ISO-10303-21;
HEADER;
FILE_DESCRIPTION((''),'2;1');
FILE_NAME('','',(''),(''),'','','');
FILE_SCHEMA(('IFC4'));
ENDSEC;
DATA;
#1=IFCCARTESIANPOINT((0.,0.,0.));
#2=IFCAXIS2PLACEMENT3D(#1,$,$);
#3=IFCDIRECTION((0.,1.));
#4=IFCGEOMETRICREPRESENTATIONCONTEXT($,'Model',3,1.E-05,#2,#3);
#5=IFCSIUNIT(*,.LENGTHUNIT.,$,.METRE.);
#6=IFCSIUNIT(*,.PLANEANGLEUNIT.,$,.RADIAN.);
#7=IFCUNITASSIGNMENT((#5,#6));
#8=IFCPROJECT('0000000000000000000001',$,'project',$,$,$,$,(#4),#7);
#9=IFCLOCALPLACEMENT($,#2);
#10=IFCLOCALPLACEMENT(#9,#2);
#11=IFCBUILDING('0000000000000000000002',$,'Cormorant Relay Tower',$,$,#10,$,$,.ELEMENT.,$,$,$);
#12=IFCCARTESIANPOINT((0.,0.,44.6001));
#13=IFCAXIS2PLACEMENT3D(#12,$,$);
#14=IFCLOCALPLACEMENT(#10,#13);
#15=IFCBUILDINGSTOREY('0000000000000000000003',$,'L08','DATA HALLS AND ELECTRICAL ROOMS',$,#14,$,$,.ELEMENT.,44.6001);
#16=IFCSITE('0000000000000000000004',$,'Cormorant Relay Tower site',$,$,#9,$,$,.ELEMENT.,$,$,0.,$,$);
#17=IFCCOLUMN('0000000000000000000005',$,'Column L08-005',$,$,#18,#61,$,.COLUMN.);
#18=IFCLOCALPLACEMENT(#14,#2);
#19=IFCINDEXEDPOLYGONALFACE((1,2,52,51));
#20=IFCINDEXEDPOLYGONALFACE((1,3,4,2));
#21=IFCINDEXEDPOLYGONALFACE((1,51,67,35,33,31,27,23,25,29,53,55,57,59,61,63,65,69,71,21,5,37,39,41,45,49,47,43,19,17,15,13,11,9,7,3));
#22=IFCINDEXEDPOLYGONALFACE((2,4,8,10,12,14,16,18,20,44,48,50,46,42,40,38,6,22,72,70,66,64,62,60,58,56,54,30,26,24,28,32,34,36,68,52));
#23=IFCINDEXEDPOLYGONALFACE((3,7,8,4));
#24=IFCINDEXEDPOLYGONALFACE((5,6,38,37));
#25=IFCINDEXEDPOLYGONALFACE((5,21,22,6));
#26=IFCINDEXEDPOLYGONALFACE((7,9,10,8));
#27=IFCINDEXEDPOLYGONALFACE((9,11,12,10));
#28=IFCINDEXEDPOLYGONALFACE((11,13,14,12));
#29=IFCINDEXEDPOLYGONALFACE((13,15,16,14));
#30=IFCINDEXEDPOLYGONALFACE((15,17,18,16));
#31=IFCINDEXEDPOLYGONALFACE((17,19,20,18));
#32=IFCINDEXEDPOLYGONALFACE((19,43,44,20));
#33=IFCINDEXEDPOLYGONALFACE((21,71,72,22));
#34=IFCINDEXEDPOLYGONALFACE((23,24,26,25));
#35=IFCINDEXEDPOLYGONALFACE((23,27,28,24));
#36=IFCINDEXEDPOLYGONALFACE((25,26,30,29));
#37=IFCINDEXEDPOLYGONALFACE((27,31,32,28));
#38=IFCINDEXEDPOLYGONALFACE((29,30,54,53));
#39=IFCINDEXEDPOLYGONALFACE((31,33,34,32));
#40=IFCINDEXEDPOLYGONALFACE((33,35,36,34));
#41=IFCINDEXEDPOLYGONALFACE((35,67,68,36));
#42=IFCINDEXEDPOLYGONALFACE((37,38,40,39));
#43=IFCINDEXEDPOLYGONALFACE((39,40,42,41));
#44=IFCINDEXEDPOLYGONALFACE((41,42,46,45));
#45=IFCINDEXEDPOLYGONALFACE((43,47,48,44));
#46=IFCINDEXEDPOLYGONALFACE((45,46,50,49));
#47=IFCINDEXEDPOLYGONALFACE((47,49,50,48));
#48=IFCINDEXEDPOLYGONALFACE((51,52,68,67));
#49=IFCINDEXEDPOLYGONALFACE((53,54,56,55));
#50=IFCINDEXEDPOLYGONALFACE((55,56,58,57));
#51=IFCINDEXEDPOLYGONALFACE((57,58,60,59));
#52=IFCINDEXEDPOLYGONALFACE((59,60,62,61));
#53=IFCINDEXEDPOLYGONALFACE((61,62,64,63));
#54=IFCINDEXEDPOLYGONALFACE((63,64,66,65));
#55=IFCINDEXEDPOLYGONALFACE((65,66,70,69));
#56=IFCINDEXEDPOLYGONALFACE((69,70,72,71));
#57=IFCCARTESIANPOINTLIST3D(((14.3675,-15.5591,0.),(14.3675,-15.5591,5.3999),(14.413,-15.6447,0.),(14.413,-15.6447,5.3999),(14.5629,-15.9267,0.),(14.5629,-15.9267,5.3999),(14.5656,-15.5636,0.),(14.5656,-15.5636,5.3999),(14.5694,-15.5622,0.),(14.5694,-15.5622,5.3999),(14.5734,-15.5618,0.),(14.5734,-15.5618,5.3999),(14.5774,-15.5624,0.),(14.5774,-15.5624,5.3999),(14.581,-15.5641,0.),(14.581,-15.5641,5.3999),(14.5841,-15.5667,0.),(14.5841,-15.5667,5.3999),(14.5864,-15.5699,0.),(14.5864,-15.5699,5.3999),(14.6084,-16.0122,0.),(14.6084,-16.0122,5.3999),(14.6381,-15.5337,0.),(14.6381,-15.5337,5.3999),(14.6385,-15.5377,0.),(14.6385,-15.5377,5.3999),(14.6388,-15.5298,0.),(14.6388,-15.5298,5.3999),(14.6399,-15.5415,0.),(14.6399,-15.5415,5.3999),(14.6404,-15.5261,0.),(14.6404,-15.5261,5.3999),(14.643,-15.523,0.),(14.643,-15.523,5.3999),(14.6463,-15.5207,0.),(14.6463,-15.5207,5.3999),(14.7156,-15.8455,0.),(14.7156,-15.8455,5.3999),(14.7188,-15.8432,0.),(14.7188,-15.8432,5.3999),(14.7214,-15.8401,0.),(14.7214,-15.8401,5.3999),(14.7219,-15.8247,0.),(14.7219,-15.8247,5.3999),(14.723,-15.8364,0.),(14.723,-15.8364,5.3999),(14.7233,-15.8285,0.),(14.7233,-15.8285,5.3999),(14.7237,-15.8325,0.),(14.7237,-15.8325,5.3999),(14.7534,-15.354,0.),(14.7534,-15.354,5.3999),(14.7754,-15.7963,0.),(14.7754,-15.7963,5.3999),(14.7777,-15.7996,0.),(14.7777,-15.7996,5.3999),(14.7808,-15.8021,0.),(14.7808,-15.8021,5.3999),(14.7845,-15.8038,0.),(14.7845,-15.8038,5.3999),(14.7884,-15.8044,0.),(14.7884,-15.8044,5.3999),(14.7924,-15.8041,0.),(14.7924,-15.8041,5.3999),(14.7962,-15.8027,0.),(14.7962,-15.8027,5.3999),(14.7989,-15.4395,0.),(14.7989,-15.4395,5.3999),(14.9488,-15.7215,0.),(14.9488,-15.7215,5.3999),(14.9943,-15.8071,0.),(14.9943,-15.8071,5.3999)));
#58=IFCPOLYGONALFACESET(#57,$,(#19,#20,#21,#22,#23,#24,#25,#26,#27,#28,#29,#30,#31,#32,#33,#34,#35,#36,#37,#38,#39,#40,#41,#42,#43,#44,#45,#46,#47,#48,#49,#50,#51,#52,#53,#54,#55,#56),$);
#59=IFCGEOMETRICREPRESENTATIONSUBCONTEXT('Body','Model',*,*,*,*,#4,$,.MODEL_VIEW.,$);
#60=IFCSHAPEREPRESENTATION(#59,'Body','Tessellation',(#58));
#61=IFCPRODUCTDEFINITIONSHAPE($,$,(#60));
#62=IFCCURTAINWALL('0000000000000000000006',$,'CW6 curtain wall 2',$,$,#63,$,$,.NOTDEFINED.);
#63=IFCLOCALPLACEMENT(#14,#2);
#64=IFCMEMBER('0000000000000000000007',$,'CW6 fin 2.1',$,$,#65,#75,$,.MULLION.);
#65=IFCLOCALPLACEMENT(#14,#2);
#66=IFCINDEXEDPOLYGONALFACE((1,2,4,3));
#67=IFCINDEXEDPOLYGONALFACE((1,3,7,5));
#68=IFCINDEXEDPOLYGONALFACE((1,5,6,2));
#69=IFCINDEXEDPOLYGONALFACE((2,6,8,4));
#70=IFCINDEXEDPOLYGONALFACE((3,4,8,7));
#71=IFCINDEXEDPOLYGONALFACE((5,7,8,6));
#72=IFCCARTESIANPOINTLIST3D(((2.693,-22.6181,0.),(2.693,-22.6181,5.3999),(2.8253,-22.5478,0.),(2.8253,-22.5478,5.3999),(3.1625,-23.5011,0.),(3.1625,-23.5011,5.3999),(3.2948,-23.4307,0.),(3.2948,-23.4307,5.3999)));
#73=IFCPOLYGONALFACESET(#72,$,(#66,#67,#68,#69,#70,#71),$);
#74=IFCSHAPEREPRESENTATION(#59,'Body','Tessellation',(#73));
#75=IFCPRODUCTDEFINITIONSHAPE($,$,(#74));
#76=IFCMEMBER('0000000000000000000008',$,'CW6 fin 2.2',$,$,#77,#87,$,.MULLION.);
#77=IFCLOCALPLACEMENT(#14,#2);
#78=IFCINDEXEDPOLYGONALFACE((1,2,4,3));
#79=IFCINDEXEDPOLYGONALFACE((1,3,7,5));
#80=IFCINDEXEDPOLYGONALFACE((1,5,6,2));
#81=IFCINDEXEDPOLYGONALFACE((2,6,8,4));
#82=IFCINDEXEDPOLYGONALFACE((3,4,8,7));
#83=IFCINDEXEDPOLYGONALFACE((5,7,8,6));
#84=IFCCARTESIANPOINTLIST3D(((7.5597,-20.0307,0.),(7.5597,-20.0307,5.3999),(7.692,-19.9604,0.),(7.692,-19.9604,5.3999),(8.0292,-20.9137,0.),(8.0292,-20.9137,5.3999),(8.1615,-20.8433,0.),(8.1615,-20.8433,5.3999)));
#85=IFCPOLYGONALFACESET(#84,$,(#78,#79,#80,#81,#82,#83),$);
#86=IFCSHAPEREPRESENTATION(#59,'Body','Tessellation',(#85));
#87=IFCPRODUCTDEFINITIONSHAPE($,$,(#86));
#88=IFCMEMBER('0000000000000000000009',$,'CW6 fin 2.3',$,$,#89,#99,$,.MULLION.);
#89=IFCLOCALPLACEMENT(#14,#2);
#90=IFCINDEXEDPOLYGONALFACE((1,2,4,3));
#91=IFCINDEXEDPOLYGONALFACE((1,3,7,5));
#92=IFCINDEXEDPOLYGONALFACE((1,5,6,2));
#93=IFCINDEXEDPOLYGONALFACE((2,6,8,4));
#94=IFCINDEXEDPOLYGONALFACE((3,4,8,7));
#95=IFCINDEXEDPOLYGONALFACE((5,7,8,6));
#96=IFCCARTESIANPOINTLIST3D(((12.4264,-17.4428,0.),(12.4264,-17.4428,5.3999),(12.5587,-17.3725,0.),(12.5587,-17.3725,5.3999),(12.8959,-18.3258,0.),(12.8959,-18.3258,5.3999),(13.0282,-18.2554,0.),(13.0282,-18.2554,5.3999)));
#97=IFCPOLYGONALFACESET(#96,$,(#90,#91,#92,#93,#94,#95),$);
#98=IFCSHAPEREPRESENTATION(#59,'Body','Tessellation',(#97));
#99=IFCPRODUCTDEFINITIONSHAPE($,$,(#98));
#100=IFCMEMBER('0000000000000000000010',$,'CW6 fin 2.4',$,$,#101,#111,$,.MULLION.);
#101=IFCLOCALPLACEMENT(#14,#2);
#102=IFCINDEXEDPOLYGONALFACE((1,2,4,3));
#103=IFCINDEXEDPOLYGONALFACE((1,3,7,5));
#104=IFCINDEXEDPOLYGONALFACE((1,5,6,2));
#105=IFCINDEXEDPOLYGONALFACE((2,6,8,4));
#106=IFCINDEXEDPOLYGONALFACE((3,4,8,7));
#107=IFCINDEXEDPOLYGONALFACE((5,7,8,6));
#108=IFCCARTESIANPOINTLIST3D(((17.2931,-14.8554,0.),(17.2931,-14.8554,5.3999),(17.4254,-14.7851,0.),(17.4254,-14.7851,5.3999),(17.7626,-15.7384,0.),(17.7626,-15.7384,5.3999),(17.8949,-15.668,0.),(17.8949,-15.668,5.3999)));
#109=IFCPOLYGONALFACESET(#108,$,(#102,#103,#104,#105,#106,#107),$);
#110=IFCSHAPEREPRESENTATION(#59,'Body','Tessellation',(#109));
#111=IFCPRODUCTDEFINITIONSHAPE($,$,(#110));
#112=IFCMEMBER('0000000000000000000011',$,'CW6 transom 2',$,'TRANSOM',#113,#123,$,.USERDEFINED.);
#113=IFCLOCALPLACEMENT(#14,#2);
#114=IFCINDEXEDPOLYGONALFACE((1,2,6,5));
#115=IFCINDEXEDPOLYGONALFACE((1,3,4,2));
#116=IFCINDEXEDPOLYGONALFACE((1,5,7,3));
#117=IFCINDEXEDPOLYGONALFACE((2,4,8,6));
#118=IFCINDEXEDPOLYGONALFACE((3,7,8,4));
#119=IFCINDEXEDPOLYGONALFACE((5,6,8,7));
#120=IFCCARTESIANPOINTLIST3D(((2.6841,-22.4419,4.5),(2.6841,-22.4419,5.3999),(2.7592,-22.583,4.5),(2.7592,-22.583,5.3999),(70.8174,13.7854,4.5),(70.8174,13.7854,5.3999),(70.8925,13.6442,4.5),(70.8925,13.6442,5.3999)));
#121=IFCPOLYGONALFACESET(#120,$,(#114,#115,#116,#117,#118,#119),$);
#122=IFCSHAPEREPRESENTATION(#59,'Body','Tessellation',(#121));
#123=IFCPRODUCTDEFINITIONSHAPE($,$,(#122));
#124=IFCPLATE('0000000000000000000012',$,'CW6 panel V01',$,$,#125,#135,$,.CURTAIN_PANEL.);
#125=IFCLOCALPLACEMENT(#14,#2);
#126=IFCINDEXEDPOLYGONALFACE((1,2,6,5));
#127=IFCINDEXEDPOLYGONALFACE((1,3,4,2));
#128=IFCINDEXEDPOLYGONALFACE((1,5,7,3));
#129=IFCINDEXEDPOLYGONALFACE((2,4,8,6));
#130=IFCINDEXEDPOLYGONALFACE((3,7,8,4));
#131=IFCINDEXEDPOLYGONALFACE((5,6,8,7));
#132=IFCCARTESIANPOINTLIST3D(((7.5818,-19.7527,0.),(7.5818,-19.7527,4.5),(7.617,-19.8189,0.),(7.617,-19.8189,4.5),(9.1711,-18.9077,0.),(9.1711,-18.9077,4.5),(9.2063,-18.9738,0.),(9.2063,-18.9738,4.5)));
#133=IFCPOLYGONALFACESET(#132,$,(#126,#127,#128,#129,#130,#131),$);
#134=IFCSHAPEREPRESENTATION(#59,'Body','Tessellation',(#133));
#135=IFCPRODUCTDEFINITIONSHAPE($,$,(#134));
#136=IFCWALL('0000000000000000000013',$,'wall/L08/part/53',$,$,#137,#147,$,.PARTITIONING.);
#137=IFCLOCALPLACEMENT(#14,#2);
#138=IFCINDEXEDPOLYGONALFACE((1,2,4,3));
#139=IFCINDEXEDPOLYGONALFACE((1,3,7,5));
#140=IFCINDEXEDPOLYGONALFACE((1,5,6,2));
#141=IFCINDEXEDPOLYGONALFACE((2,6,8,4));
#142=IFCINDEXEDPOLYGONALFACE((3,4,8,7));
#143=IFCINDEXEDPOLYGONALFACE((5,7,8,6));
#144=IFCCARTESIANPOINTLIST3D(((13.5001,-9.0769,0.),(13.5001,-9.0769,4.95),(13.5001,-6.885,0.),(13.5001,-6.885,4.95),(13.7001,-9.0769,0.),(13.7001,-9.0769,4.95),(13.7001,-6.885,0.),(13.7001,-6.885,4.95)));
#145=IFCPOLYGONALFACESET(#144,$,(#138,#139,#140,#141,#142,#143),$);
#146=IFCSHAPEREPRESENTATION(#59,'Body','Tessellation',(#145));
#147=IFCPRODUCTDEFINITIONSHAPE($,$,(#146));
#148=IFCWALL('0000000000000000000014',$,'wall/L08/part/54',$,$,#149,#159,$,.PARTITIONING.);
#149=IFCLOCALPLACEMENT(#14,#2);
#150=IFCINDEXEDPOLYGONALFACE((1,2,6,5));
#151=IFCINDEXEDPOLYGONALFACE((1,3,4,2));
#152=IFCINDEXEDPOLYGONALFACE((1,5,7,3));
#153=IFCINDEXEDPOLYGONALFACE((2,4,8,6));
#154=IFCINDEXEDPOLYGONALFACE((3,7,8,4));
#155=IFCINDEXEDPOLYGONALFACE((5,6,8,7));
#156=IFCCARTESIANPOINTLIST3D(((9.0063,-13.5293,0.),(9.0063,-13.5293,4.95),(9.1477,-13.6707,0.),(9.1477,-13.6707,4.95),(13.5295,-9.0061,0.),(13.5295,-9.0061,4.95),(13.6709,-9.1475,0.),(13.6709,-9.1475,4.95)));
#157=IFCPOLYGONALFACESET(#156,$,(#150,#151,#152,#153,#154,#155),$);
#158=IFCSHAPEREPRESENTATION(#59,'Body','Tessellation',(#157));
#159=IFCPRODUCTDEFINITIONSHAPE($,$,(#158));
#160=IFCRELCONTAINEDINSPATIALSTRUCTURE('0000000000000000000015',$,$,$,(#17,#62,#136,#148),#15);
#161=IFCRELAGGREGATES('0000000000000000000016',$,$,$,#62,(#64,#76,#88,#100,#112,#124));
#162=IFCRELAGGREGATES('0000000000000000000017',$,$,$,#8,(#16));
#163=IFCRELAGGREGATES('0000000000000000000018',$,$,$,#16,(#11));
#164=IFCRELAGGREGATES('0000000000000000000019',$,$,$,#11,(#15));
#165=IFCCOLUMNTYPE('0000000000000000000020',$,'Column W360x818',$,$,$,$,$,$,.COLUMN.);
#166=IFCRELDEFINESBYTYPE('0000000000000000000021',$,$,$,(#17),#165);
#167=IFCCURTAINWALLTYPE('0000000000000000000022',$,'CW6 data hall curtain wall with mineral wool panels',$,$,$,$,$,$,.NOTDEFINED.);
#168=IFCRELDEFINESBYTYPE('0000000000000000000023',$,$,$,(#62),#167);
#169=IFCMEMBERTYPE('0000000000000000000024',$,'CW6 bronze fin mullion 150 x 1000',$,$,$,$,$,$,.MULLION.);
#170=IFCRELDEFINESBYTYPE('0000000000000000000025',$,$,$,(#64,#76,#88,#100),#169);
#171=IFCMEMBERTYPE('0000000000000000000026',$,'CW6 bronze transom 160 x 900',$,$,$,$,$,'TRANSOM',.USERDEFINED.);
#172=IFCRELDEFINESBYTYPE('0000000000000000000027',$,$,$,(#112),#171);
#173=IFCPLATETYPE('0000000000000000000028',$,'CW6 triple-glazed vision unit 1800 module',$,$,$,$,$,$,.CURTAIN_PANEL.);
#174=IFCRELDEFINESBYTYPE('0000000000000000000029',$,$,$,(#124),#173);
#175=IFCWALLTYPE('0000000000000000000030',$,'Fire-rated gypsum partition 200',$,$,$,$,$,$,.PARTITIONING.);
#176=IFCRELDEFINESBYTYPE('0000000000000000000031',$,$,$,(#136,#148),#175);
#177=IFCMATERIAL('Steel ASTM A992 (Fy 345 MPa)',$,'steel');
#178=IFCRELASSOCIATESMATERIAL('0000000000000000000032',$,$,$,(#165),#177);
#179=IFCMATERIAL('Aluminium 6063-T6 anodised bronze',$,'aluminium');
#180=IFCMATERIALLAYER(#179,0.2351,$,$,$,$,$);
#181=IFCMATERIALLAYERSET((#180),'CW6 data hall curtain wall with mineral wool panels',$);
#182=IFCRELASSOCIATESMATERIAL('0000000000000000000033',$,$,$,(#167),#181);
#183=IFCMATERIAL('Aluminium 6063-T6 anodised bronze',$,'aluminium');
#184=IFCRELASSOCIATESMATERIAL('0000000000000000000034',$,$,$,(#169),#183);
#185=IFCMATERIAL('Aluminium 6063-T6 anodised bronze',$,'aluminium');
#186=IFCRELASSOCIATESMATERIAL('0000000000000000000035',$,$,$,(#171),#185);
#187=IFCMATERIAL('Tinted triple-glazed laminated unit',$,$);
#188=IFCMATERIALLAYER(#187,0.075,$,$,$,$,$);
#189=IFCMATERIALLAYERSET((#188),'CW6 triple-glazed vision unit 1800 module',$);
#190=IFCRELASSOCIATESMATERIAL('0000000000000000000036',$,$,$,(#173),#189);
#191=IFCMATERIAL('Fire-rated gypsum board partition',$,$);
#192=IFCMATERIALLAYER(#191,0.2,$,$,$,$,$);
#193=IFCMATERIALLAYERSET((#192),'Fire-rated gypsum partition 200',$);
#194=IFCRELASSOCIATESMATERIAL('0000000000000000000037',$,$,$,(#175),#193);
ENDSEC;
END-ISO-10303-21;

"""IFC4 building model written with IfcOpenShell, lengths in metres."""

from ifc_helpers import new_model, si_unit, direction, frame, frame_2d, origin, origin_2d, place, context, subcontext, project, spatial, rectangle, i_section, extrude, material, layer, layer_set, material_profile, profile_set, type_object, element, aggregate, save


model = new_model("IFC4")

# Units and contexts
model_context = context("Model", 3, precision=1e-05, world=origin(), true_north=direction((0.0, 1.0)))
body_context = subcontext(model_context, "Body", "Model", "MODEL_VIEW")
ifc_project = project(units=[si_unit("LENGTHUNIT", "METRE"), si_unit("PLANEANGLEUNIT", "RADIAN")], contexts=[model_context])

# Site, building, storey
site_placement = place(None, origin())
site = spatial("IfcSite", under=ifc_project, at=site_placement, Name="Cormorant Relay Tower site", CompositionType="ELEMENT", RefElevation=0.0)
building_placement = place(site_placement, origin())
building = spatial("IfcBuilding", under=site, at=building_placement, Name="Cormorant Relay Tower", CompositionType="ELEMENT")
storey_placement = place(building_placement, frame((0.0, 0.0, 44.6001)))
storey = spatial("IfcBuildingStorey", under=building, at=storey_placement, Name="L08", Description="DATA HALLS AND ELECTRICAL ROOMS", CompositionType="ELEMENT", Elevation=44.6001)

# Column
ifc_material_1 = material(Name="Steel ASTM A992 (Fy 345 MPa)", Category="steel")
ifc_material_profile_1 = material_profile(ifc_material_1, i_section(OverallWidth=0.437, OverallDepth=0.5132, WebThickness=0.0605, FlangeThickness=0.0969, FilletRadius=0.0154, at=origin_2d()), Name="W360x818")
ifc_profile_set_1 = profile_set([ifc_material_profile_1], Name="Steel ASTM A992 (Fy 345 MPa)")
column_type_1 = type_object("IfcColumnType", Name="Column W360x818", PredefinedType="COLUMN", material=ifc_profile_set_1)
for number, where, z_axis, x_axis, name in (
    (1, (14.6809, -15.6831, 0.0), (0.0, 0.0, 1.0), (0.882948, 0.469472, 0.0), "Column L08-005"),
):
    element("IfcColumn", number, at=place(storey_placement, frame(where, z_axis=z_axis, x_axis=x_axis)), inside=storey, type_object=column_type_1, Name=name, PredefinedType="COLUMN", context=body_context, shape_type="SweptSolid", body=[
        extrude(i_section(OverallWidth=0.437, OverallDepth=0.5132, WebThickness=0.0605, FlangeThickness=0.0969, FilletRadius=0.0154, at=origin_2d()), origin(), (0.0, 0.0, 1.0), 5.3999),
    ])

# Curtain wall, members, plate
ifc_material_2 = material(Name="Aluminium 6063-T6 anodised bronze", Category="aluminium")
ifc_layer_1 = layer(ifc_material_2, 0.2351)
ifc_layer_set_1 = layer_set([ifc_layer_1], Name="CW6 data hall curtain wall with mineral wool panels")
curtain_wall_type = type_object("IfcCurtainWallType", Name="CW6 data hall curtain wall with mineral wool panels", PredefinedType="NOTDEFINED", material=ifc_layer_set_1)
curtain_wall_1_placement = place(storey_placement, origin())
curtain_wall_1 = element("IfcCurtainWall", 2, at=curtain_wall_1_placement, inside=storey, type_object=curtain_wall_type, Name="CW6 curtain wall 2", PredefinedType="NOTDEFINED")
ifc_material_3 = material(Name="Aluminium 6063-T6 anodised bronze", Category="aluminium")
ifc_material_profile_2 = material_profile(ifc_material_3, rectangle(XDim=0.1499, YDim=1.0, at=origin_2d()), Name="AL 150x1000")
ifc_profile_set_2 = profile_set([ifc_material_profile_2], Name="Aluminium 6063-T6 anodised bronze")
member_type_1 = type_object("IfcMemberType", Name="CW6 bronze fin mullion 150 x 1000", PredefinedType="MULLION", material=ifc_profile_set_2)
member_1_placement = place(storey_placement, frame((2.9939, -23.0244, 0.0), z_axis=(0.0, 0.0, 1.0), x_axis=(0.882948, 0.469472, 0.0)))
member_1 = element("IfcMember", 3, at=member_1_placement, type_object=member_type_1, Name="CW6 fin 2.1", PredefinedType="MULLION", context=body_context, shape_type="SweptSolid", body=[
    extrude(rectangle(XDim=0.1499, YDim=1.0, at=origin_2d()), origin(), (0.0, 0.0, 1.0), 5.3999),
])
member_2_placement = place(storey_placement, frame((7.8606, -20.437, 0.0), z_axis=(0.0, 0.0, 1.0), x_axis=(0.882948, 0.469472, 0.0)))
member_2 = element("IfcMember", 4, at=member_2_placement, type_object=member_type_1, Name="CW6 fin 2.2", PredefinedType="MULLION", context=body_context, shape_type="SweptSolid", body=[
    extrude(rectangle(XDim=0.1499, YDim=1.0, at=origin_2d()), origin(), (0.0, 0.0, 1.0), 5.3999),
])
member_3_placement = place(storey_placement, frame((12.7273, -17.8491, 0.0), z_axis=(0.0, 0.0, 1.0), x_axis=(0.882948, 0.469472, 0.0)))
member_3 = element("IfcMember", 5, at=member_3_placement, type_object=member_type_1, Name="CW6 fin 2.3", PredefinedType="MULLION", context=body_context, shape_type="SweptSolid", body=[
    extrude(rectangle(XDim=0.1499, YDim=1.0, at=origin_2d()), origin(), (0.0, 0.0, 1.0), 5.3999),
])
member_4_placement = place(storey_placement, frame((17.594, -15.2617, 0.0), z_axis=(0.0, 0.0, 1.0), x_axis=(0.882948, 0.469472, 0.0)))
member_4 = element("IfcMember", 6, at=member_4_placement, type_object=member_type_1, Name="CW6 fin 2.4", PredefinedType="MULLION", context=body_context, shape_type="SweptSolid", body=[
    extrude(rectangle(XDim=0.1499, YDim=1.0, at=origin_2d()), origin(), (0.0, 0.0, 1.0), 5.3999),
])
ifc_material_4 = material(Name="Aluminium 6063-T6 anodised bronze", Category="aluminium")
ifc_material_profile_3 = material_profile(ifc_material_4, rectangle(XDim=0.1599, YDim=0.8999, at=origin_2d()), Name="AL 160x900")
ifc_profile_set_3 = profile_set([ifc_material_profile_3], Name="Aluminium 6063-T6 anodised bronze")
member_type_2 = type_object("IfcMemberType", Name="CW6 bronze transom 160 x 900", ElementType="TRANSOM", PredefinedType="USERDEFINED", material=ifc_profile_set_3)
member_5_placement = place(storey_placement, frame((2.7217, -22.5125, 4.95), z_axis=(0.882947, 0.469473, 0.0), x_axis=(-0.469473, 0.882947, 0.0)))
member_5 = element("IfcMember", 7, at=member_5_placement, type_object=member_type_2, Name="CW6 transom 2", ObjectType="TRANSOM", PredefinedType="USERDEFINED", context=body_context, shape_type="SweptSolid", body=[
    extrude(rectangle(XDim=0.1599, YDim=0.8999, at=origin_2d()), origin(), (0.0, 0.0, 1.0), 77.1658),
])
ifc_material_5 = material(Name="Tinted triple-glazed laminated unit")
ifc_layer_2 = layer(ifc_material_5, 0.075)
ifc_layer_set_2 = layer_set([ifc_layer_2], Name="CW6 triple-glazed vision unit 1800 module")
plate_type = type_object("IfcPlateType", Name="CW6 triple-glazed vision unit 1800 module", PredefinedType="CURTAIN_PANEL", material=ifc_layer_set_2)
plate_placement = place(storey_placement, frame((8.394, -19.3633, 0.0), z_axis=(0.0, 0.0, 1.0), x_axis=(0.882948, 0.469472, 0.0)))
plate = element("IfcPlate", 8, at=plate_placement, type_object=plate_type, Name="CW6 panel V01", PredefinedType="CURTAIN_PANEL", context=body_context, shape_type="SweptSolid", body=[
    extrude(rectangle(XDim=1.8, YDim=0.075, at=origin_2d()), origin(), (0.0, 0.0, 1.0), 4.5),
])

# Walls
ifc_material_6 = material(Name="Fire-rated gypsum board partition")
ifc_layer_3 = layer(ifc_material_6, 0.2)
ifc_layer_set_3 = layer_set([ifc_layer_3], Name="Fire-rated gypsum partition 200")
wall_type_1 = type_object("IfcWallType", Name="Fire-rated gypsum partition 200", PredefinedType="PARTITIONING", material=ifc_layer_set_3)
wall_1_placement = place(storey_placement, frame((13.6001, -6.885, 0.0), z_axis=(0.0, 0.0, 1.0), x_axis=(0.0, -1.0, 0.0)))
element("IfcWall", 9, at=wall_1_placement, inside=storey, type_object=wall_type_1, Name="wall/L08/part/53", PredefinedType="PARTITIONING", context=body_context, shape_type="SweptSolid", body=[
    extrude(rectangle(XDim=2.1919, YDim=0.2, at=frame_2d((1.0959, 0.0))), origin(), (0.0, 0.0, 1.0), 4.95),
])
wall_2_placement = place(storey_placement, frame((13.6001, -9.0769, 0.0), z_axis=(0.0, 0.0, 1.0), x_axis=(-0.707107, -0.707107, 0.0)))
element("IfcWall", 10, at=wall_2_placement, inside=storey, type_object=wall_type_1, Name="wall/L08/part/54", PredefinedType="PARTITIONING", context=body_context, shape_type="SweptSolid", body=[
    extrude(rectangle(XDim=6.3967, YDim=0.2, at=frame_2d((3.1982, 0.0))), origin(), (0.0, 0.0, 1.0), 4.95),
])

aggregate(curtain_wall_1, [member_1, member_2, member_3, member_4, member_5, plate])

save(model, "model.ifc")
